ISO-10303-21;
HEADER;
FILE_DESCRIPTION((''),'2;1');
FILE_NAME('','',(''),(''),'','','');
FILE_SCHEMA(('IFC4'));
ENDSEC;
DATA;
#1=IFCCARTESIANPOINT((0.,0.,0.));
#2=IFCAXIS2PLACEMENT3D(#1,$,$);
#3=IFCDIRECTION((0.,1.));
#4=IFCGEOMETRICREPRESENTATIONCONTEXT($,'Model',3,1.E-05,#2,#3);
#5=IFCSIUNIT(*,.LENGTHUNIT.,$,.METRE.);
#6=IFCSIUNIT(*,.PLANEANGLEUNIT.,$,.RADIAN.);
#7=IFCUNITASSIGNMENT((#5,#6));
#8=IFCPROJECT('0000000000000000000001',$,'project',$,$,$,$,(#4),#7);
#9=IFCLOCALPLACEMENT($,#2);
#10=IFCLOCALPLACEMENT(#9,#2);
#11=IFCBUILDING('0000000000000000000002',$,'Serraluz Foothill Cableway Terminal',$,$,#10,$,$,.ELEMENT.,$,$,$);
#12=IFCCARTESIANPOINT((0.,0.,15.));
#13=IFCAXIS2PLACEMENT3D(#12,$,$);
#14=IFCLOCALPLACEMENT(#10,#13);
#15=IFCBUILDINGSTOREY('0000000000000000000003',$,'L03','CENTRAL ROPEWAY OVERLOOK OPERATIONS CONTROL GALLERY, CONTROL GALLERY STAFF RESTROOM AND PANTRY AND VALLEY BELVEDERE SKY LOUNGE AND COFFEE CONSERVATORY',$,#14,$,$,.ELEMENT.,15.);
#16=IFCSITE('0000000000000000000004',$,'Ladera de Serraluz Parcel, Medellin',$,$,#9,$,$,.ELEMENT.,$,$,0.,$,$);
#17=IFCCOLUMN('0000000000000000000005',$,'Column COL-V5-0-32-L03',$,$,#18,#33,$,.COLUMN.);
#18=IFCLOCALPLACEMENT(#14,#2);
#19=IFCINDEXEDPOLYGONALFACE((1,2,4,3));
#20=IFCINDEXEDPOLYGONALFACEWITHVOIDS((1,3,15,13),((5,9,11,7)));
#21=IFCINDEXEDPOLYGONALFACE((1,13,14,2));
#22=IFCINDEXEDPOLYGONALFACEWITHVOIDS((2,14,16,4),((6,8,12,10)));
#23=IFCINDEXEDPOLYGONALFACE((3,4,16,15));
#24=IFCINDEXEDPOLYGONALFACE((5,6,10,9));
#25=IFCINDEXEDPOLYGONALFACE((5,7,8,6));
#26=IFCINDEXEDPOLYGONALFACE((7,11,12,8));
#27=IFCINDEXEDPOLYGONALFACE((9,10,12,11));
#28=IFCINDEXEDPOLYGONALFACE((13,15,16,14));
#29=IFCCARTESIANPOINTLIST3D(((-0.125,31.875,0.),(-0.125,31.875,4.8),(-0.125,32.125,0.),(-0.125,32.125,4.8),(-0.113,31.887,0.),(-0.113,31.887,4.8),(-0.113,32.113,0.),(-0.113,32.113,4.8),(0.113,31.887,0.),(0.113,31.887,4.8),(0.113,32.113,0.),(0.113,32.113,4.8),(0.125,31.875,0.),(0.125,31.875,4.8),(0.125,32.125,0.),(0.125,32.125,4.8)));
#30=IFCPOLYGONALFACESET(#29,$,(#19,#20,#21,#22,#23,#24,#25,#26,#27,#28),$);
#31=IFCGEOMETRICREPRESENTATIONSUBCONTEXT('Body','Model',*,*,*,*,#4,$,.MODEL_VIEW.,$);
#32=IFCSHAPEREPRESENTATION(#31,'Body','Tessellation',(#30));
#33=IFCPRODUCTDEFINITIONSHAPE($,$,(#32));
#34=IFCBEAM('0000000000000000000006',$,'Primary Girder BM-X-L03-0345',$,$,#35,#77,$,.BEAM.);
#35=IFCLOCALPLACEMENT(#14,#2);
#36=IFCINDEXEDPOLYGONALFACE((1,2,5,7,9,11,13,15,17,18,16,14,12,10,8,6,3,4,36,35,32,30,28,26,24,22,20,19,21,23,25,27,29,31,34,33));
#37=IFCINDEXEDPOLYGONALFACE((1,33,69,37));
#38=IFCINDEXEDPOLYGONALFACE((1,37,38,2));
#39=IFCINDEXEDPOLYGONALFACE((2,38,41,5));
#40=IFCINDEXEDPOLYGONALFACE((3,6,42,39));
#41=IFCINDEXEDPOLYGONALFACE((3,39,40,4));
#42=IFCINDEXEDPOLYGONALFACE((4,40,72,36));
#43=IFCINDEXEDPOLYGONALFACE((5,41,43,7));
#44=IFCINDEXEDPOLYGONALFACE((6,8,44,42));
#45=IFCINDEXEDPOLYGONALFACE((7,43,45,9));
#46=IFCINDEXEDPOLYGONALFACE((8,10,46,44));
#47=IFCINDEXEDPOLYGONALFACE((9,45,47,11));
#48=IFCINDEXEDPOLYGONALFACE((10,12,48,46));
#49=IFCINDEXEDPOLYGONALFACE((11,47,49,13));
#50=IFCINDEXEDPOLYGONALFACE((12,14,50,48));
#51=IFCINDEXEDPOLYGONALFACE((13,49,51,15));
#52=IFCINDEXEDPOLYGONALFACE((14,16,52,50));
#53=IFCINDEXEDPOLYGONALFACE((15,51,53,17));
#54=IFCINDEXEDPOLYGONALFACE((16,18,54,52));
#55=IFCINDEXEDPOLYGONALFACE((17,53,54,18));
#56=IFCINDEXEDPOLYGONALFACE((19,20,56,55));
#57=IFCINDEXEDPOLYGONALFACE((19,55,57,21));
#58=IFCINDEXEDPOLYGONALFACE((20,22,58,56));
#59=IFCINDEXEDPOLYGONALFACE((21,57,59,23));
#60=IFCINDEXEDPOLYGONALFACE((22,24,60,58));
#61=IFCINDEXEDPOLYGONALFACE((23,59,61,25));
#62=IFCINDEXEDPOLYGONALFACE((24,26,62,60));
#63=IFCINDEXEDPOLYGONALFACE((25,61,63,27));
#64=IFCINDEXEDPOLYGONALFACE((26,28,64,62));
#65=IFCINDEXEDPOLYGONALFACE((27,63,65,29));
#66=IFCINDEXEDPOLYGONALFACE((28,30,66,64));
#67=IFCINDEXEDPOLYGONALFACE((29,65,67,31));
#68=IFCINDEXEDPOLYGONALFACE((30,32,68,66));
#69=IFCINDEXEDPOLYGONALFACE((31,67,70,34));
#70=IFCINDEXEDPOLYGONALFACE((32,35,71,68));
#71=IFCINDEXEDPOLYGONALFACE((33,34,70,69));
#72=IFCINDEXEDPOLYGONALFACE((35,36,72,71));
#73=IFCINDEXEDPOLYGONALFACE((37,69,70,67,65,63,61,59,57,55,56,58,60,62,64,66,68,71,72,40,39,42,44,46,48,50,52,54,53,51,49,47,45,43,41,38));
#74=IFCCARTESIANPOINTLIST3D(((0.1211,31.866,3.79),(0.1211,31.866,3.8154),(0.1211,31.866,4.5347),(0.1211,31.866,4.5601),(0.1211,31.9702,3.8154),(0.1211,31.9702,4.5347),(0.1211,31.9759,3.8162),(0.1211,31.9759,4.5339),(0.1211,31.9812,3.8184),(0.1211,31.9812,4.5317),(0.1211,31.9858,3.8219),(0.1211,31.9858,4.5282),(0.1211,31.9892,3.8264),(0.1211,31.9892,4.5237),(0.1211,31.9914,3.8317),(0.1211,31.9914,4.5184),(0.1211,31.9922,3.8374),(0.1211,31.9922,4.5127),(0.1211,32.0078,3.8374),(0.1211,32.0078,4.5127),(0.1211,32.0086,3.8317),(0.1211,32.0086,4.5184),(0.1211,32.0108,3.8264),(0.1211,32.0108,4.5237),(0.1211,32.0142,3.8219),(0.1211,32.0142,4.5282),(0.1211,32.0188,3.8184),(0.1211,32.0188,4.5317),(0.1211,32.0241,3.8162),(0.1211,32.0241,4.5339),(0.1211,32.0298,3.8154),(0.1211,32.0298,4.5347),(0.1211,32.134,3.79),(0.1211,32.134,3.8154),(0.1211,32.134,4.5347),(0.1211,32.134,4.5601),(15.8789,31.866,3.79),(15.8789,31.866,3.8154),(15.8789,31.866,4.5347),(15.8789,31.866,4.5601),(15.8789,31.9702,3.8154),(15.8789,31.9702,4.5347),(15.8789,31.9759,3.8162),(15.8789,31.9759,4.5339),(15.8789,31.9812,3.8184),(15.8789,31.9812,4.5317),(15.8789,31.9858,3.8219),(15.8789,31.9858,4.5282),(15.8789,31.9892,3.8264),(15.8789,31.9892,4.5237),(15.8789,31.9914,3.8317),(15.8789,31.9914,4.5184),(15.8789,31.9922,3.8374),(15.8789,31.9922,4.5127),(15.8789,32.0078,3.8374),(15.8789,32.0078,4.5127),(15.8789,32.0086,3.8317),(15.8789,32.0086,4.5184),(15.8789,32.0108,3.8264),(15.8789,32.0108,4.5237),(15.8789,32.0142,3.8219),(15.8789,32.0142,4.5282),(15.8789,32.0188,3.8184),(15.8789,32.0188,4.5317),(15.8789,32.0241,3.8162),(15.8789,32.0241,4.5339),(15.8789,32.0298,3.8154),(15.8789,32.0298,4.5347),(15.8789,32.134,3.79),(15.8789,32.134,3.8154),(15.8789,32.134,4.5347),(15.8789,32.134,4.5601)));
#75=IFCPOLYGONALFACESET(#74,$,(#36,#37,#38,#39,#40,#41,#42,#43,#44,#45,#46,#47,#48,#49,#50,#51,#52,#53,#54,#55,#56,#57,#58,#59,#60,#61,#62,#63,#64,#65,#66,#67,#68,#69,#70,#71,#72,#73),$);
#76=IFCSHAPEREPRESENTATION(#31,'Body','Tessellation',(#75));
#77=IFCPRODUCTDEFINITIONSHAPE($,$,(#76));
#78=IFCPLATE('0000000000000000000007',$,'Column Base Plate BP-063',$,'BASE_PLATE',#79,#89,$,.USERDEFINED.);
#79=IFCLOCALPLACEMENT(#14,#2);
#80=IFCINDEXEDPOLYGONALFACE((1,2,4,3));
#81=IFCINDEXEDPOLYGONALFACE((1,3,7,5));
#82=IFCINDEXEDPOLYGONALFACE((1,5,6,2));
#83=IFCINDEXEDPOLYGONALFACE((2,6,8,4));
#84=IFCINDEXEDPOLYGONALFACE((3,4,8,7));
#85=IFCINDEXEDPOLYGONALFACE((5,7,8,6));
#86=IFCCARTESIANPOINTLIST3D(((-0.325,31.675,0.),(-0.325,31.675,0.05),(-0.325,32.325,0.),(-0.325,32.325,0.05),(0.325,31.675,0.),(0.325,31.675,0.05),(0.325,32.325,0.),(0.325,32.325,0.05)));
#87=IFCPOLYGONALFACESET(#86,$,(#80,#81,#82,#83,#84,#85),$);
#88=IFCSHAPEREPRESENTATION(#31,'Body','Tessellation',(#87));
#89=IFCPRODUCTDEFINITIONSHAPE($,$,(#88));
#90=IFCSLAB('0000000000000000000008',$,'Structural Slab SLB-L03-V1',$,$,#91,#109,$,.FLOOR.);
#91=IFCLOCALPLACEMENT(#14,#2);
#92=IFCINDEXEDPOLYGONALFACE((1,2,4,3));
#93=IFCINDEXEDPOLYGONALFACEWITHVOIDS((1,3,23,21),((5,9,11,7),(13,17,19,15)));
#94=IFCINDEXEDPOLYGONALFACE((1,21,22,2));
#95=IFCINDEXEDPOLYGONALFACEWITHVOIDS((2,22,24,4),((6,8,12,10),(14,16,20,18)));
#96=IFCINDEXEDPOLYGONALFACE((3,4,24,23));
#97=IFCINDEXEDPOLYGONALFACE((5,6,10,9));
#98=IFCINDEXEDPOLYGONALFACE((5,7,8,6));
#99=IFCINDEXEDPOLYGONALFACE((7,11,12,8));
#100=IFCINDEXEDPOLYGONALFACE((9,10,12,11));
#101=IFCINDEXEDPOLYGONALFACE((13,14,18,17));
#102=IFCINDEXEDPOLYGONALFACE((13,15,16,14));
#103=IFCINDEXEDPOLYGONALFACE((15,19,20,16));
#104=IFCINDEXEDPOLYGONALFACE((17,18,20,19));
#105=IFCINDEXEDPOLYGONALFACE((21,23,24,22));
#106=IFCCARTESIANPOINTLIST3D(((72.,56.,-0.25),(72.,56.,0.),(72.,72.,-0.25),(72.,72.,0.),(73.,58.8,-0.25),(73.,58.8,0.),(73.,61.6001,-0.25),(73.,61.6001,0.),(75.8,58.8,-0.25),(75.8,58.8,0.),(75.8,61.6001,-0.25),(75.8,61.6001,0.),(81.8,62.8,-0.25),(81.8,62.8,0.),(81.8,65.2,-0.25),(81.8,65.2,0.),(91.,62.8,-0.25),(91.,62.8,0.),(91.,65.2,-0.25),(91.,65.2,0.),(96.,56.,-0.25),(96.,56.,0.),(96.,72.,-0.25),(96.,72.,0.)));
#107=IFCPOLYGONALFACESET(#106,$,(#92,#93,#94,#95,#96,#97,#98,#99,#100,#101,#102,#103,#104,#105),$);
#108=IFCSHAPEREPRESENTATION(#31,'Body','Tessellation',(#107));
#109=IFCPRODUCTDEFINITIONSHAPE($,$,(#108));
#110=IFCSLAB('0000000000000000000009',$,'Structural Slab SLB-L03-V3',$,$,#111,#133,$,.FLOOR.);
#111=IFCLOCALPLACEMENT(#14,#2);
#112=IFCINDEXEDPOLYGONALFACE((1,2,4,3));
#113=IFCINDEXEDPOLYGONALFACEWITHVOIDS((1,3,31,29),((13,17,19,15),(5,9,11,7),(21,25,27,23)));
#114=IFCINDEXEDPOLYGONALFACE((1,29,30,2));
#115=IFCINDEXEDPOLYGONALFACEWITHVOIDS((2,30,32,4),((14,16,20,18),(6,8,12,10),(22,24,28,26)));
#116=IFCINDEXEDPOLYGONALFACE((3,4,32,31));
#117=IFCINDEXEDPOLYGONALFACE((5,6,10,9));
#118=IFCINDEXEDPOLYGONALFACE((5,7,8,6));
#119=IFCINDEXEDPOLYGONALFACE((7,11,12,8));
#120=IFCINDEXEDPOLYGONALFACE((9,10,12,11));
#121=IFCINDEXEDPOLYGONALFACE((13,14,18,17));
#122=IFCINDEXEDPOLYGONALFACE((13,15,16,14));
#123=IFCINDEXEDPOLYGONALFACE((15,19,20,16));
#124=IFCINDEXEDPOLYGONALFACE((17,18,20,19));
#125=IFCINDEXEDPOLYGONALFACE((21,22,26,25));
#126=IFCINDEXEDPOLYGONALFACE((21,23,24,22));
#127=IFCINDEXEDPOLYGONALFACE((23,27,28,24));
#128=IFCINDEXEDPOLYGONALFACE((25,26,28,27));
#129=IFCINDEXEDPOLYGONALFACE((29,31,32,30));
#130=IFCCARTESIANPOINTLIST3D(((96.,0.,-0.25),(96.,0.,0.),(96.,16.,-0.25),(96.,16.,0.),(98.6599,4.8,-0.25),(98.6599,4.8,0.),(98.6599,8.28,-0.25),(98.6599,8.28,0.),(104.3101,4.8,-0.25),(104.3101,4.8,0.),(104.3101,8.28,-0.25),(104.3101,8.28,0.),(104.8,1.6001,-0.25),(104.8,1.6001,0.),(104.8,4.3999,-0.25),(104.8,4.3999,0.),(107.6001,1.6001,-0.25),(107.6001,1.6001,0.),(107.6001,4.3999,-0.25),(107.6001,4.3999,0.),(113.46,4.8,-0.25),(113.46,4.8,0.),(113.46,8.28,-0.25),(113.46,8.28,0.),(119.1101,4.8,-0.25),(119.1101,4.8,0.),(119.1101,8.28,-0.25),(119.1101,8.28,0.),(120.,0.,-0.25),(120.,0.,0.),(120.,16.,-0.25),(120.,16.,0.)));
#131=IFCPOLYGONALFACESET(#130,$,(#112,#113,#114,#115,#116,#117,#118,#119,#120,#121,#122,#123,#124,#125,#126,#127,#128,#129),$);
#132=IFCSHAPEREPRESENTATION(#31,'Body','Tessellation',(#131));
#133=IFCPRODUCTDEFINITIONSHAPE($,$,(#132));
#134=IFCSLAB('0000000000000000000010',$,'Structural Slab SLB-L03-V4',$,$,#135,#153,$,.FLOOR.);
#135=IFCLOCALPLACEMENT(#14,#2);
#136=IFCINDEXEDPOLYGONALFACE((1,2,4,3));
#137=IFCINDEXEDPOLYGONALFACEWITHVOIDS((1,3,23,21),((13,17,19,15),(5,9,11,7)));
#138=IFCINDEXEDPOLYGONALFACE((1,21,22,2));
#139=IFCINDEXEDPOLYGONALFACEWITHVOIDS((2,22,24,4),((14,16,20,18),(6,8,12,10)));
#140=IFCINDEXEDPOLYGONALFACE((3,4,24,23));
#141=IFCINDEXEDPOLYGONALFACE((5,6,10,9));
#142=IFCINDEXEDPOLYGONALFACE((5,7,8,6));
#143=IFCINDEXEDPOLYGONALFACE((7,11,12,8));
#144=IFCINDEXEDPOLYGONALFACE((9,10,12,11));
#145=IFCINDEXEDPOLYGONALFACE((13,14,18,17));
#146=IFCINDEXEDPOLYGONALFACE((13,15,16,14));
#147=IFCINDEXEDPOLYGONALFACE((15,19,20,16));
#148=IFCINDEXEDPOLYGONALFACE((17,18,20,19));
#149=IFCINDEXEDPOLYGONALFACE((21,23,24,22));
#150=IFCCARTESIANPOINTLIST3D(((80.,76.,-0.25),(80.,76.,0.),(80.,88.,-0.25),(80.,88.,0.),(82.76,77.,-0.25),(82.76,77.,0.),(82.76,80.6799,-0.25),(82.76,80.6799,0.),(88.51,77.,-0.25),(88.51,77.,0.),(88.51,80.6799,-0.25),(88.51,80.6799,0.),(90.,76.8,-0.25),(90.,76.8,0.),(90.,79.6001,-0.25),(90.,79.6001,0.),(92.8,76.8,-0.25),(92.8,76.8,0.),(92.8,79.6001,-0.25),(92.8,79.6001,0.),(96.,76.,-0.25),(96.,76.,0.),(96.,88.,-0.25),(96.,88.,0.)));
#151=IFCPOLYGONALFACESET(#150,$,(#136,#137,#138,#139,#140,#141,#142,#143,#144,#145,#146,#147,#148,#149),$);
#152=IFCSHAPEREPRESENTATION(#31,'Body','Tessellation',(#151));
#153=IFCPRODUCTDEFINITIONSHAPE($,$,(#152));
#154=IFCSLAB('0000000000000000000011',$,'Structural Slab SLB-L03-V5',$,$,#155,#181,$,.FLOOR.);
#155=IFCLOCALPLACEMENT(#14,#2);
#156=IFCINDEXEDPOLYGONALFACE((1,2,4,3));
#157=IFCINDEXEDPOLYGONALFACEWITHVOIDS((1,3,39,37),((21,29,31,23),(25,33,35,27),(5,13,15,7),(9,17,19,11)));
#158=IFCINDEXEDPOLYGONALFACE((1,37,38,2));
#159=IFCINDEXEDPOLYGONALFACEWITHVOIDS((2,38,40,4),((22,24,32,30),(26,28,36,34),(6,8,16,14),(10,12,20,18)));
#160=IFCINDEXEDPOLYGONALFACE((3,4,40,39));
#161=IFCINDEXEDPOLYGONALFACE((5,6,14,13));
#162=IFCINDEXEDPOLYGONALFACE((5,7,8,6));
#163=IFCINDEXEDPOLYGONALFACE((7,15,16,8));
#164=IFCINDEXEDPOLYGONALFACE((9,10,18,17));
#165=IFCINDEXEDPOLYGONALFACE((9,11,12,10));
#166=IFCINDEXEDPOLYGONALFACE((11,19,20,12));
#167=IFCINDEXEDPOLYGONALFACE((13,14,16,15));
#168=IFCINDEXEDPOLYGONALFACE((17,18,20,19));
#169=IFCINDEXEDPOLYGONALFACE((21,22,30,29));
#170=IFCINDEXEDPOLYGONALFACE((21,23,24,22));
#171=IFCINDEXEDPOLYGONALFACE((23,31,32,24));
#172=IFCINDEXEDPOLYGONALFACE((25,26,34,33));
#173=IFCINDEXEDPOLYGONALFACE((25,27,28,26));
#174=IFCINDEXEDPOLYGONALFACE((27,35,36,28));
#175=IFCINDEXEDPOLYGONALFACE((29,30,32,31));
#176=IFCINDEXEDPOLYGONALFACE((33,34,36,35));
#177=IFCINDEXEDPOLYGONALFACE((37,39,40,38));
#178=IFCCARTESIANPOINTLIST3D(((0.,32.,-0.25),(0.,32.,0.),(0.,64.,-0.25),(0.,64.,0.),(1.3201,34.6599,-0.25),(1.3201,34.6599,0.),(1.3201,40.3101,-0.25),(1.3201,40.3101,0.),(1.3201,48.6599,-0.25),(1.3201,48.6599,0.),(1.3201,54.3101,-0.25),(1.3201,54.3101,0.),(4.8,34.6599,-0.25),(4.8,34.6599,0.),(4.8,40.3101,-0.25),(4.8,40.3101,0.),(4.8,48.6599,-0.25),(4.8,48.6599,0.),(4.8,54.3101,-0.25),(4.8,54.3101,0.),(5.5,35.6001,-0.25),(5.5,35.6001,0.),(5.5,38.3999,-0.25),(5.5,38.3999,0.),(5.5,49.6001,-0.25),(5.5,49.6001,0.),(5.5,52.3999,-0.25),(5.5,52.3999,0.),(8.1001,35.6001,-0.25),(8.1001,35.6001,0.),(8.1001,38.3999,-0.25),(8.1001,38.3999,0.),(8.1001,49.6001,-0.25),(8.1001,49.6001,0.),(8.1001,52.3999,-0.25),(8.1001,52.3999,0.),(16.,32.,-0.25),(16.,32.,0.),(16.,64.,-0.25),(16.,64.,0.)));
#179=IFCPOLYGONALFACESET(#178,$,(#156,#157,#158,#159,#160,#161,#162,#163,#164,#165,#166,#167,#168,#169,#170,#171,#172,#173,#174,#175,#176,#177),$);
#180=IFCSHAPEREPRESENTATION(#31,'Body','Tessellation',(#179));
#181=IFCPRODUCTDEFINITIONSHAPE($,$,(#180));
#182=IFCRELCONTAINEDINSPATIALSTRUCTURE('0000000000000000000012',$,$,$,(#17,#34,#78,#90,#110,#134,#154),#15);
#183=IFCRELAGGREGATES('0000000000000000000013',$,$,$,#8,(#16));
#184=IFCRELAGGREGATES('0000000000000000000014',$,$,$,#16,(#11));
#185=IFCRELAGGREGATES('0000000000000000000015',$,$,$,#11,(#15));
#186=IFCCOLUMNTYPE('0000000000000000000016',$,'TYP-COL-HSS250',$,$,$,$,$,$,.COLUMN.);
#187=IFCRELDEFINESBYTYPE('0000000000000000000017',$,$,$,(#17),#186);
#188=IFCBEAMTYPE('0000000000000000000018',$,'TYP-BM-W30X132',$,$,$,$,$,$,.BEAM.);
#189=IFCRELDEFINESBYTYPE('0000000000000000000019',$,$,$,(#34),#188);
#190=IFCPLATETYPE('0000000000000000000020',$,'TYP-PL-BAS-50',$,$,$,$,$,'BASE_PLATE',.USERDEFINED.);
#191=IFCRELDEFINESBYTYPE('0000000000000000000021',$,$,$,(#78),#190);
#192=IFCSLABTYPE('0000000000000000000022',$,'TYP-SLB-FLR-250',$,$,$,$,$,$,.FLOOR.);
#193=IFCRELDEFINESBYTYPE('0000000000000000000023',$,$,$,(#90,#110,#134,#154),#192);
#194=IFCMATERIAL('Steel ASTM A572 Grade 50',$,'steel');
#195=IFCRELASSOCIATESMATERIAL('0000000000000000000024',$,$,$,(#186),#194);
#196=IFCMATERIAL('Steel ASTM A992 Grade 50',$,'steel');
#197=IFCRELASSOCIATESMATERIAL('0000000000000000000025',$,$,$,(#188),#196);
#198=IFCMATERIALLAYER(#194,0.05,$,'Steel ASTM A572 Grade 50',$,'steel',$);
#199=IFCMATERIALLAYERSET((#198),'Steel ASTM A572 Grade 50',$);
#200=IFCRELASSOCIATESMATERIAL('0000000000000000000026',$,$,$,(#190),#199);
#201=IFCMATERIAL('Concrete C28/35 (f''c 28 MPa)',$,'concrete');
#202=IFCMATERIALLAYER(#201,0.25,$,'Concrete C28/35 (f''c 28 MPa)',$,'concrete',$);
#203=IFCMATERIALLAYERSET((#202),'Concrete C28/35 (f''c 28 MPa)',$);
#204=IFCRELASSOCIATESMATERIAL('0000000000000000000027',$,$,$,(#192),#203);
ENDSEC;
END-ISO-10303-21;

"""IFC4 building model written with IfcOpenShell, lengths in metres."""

from ifc_helpers import new_model, si_unit, direction, frame, origin, origin_2d, place, context, subcontext, project, spatial, polyline, rectangle, hollow_rectangle, i_section, outline, extrude, material, layer, layer_set, material_profile, profile_set, type_object, element, save


model = new_model("IFC4")

# Units and contexts
model_context = context("Model", 3, precision=1e-05, world=origin(), true_north=direction((0.0, 1.0)))
body_context = subcontext(model_context, "Body", "Model", "MODEL_VIEW")
ifc_project = project(units=[si_unit("LENGTHUNIT", "METRE"), si_unit("PLANEANGLEUNIT", "RADIAN")], contexts=[model_context])

# Site, building, storey
site_placement = place(None, origin())
site = spatial("IfcSite", under=ifc_project, at=site_placement, Name="Ladera de Serraluz Parcel, Medellin", CompositionType="ELEMENT", RefElevation=0.0)
building_placement = place(site_placement, origin())
building = spatial("IfcBuilding", under=site, at=building_placement, Name="Serraluz Foothill Cableway Terminal", CompositionType="ELEMENT")
storey_placement = place(building_placement, frame((0.0, 0.0, 15.0)))
storey = spatial("IfcBuildingStorey", under=building, at=storey_placement, Name="L03", Description="CENTRAL ROPEWAY OVERLOOK OPERATIONS CONTROL GALLERY, CONTROL GALLERY STAFF RESTROOM AND PANTRY AND VALLEY BELVEDERE SKY LOUNGE AND COFFEE CONSERVATORY", CompositionType="ELEMENT", Elevation=15.0)

# Column
ifc_material_1 = material(Name="Steel ASTM A572 Grade 50", Category="steel")
ifc_material_profile_1 = material_profile(ifc_material_1, hollow_rectangle(XDim=0.25, YDim=0.25, WallThickness=0.012, at=origin_2d()), Name="HSS250X250X12")
ifc_profile_set_1 = profile_set([ifc_material_profile_1], Name="Steel ASTM A572 Grade 50")
column_type = type_object("IfcColumnType", Name="TYP-COL-HSS250", PredefinedType="COLUMN", material=ifc_profile_set_1)
column_placement = place(storey_placement, frame((0.0, 32.0, 0.0), z_axis=(0.0, 0.0, 1.0), x_axis=(1.0, 0.0, 0.0)))
element("IfcColumn", 1, at=column_placement, inside=storey, type_object=column_type, Name="Column COL-V5-0-32-L03", PredefinedType="COLUMN", context=body_context, shape_type="SweptSolid", body=[
    extrude(hollow_rectangle(XDim=0.25, YDim=0.25, WallThickness=0.012, at=origin_2d()), origin(), (0.0, 0.0, 1.0), 4.8),
])

# Beam
ifc_material_2 = material(Name="Steel ASTM A992 Grade 50", Category="steel")
ifc_material_profile_2 = material_profile(ifc_material_2, i_section(OverallWidth=0.2681, OverallDepth=0.77, WebThickness=0.0156, FlangeThickness=0.0254, FilletRadius=0.022, at=origin_2d()), Name="W30X132")
ifc_profile_set_2 = profile_set([ifc_material_profile_2], Name="Steel ASTM A992 Grade 50")
beam_type = type_object("IfcBeamType", Name="TYP-BM-W30X132", PredefinedType="BEAM", material=ifc_profile_set_2)
beam_placement = place(storey_placement, frame((0.1211, 32.0, 4.175), z_axis=(1.0, 0.0, 0.0), x_axis=(0.0, 1.0, 0.0)))
element("IfcBeam", 2, at=beam_placement, inside=storey, type_object=beam_type, Name="Primary Girder BM-X-L03-0345", PredefinedType="BEAM", context=body_context, shape_type="SweptSolid", body=[
    extrude(i_section(OverallWidth=0.2681, OverallDepth=0.77, WebThickness=0.0156, FlangeThickness=0.0254, FilletRadius=0.022, at=origin_2d()), origin(), (0.0, 0.0, 1.0), 15.7578),
])

# Plate
ifc_layer_1 = layer(ifc_material_1, 0.05, Name="Steel ASTM A572 Grade 50", Category="steel")
ifc_layer_set_1 = layer_set([ifc_layer_1], Name="Steel ASTM A572 Grade 50")
plate_type = type_object("IfcPlateType", Name="TYP-PL-BAS-50", ElementType="BASE_PLATE", PredefinedType="USERDEFINED", material=ifc_layer_set_1)
plate_placement = place(storey_placement, frame((0.0, 32.0, 0.0), z_axis=(0.0, 0.0, 1.0), x_axis=(1.0, 0.0, 0.0)))
element("IfcPlate", 3, at=plate_placement, inside=storey, type_object=plate_type, Name="Column Base Plate BP-063", ObjectType="BASE_PLATE", PredefinedType="USERDEFINED", context=body_context, shape_type="SweptSolid", body=[
    extrude(rectangle(XDim=0.6499, YDim=0.6499, at=origin_2d()), origin(), (0.0, 0.0, 1.0), 0.05),
])

# Slabs
ifc_material_3 = material(Name="Concrete C28/35 (f'c 28 MPa)", Category="concrete")
ifc_layer_2 = layer(ifc_material_3, 0.25, Name="Concrete C28/35 (f'c 28 MPa)", Category="concrete")
ifc_layer_set_2 = layer_set([ifc_layer_2], Name="Concrete C28/35 (f'c 28 MPa)")
slab_type_1 = type_object("IfcSlabType", Name="TYP-SLB-FLR-250", PredefinedType="FLOOR", material=ifc_layer_set_2)
slab_1_placement = place(storey_placement, frame((0.0, 0.0, -0.25)))
element("IfcSlab", 4, at=slab_1_placement, inside=storey, type_object=slab_type_1, Name="Structural Slab SLB-L03-V1", PredefinedType="FLOOR", context=body_context, shape_type="SweptSolid", body=[
    extrude(outline(polyline([(72.0, 56.0), (96.0, 56.0), (96.0, 72.0), (72.0, 72.0), (72.0, 56.0)]), holes=[polyline([(73.0, 58.8), (75.8, 58.8), (75.8, 61.6001), (73.0, 61.6001), (73.0, 58.8)]), polyline([(81.8, 62.8), (91.0, 62.8), (91.0, 65.2), (81.8, 65.2), (81.8, 62.8)])]), origin(), (0.0, 0.0, 1.0), 0.25),
])
slab_2_placement = place(storey_placement, frame((0.0, 0.0, -0.25)))
element("IfcSlab", 5, at=slab_2_placement, inside=storey, type_object=slab_type_1, Name="Structural Slab SLB-L03-V3", PredefinedType="FLOOR", context=body_context, shape_type="SweptSolid", body=[
    extrude(outline(polyline([(96.0, 0.0), (120.0, 0.0), (120.0, 16.0), (96.0, 16.0), (96.0, 0.0)]), holes=[polyline([(98.6599, 4.8), (104.3101, 4.8), (104.3101, 8.28), (98.6599, 8.28), (98.6599, 4.8)]), polyline([(113.46, 4.8), (119.1101, 4.8), (119.1101, 8.28), (113.46, 8.28), (113.46, 4.8)]), polyline([(104.8, 1.6001), (107.6001, 1.6001), (107.6001, 4.3999), (104.8, 4.3999), (104.8, 1.6001)])]), origin(), (0.0, 0.0, 1.0), 0.25),
])
slab_3_placement = place(storey_placement, frame((0.0, 0.0, -0.25)))
element("IfcSlab", 6, at=slab_3_placement, inside=storey, type_object=slab_type_1, Name="Structural Slab SLB-L03-V4", PredefinedType="FLOOR", context=body_context, shape_type="SweptSolid", body=[
    extrude(outline(polyline([(80.0, 76.0), (96.0, 76.0), (96.0, 88.0), (80.0, 88.0), (80.0, 76.0)]), holes=[polyline([(82.76, 77.0), (88.51, 77.0), (88.51, 80.6799), (82.76, 80.6799), (82.76, 77.0)]), polyline([(90.0, 76.8), (92.8, 76.8), (92.8, 79.6001), (90.0, 79.6001), (90.0, 76.8)])]), origin(), (0.0, 0.0, 1.0), 0.25),
])
slab_4_placement = place(storey_placement, frame((0.0, 0.0, -0.25)))
element("IfcSlab", 7, at=slab_4_placement, inside=storey, type_object=slab_type_1, Name="Structural Slab SLB-L03-V5", PredefinedType="FLOOR", context=body_context, shape_type="SweptSolid", body=[
    extrude(outline(polyline([(0.0, 32.0), (16.0, 32.0), (16.0, 64.0), (0.0, 64.0), (0.0, 32.0)]), holes=[polyline([(4.8, 48.6599), (4.8, 54.3101), (1.3201, 54.3101), (1.3201, 48.6599), (4.8, 48.6599)]), polyline([(4.8, 34.6599), (4.8, 40.3101), (1.3201, 40.3101), (1.3201, 34.6599), (4.8, 34.6599)]), polyline([(5.5, 49.6001), (8.1001, 49.6001), (8.1001, 52.3999), (5.5, 52.3999), (5.5, 49.6001)]), polyline([(5.5, 35.6001), (8.1001, 35.6001), (8.1001, 38.3999), (5.5, 38.3999), (5.5, 35.6001)])]), origin(), (0.0, 0.0, 1.0), 0.25),
])

save(model, "model.ifc")
